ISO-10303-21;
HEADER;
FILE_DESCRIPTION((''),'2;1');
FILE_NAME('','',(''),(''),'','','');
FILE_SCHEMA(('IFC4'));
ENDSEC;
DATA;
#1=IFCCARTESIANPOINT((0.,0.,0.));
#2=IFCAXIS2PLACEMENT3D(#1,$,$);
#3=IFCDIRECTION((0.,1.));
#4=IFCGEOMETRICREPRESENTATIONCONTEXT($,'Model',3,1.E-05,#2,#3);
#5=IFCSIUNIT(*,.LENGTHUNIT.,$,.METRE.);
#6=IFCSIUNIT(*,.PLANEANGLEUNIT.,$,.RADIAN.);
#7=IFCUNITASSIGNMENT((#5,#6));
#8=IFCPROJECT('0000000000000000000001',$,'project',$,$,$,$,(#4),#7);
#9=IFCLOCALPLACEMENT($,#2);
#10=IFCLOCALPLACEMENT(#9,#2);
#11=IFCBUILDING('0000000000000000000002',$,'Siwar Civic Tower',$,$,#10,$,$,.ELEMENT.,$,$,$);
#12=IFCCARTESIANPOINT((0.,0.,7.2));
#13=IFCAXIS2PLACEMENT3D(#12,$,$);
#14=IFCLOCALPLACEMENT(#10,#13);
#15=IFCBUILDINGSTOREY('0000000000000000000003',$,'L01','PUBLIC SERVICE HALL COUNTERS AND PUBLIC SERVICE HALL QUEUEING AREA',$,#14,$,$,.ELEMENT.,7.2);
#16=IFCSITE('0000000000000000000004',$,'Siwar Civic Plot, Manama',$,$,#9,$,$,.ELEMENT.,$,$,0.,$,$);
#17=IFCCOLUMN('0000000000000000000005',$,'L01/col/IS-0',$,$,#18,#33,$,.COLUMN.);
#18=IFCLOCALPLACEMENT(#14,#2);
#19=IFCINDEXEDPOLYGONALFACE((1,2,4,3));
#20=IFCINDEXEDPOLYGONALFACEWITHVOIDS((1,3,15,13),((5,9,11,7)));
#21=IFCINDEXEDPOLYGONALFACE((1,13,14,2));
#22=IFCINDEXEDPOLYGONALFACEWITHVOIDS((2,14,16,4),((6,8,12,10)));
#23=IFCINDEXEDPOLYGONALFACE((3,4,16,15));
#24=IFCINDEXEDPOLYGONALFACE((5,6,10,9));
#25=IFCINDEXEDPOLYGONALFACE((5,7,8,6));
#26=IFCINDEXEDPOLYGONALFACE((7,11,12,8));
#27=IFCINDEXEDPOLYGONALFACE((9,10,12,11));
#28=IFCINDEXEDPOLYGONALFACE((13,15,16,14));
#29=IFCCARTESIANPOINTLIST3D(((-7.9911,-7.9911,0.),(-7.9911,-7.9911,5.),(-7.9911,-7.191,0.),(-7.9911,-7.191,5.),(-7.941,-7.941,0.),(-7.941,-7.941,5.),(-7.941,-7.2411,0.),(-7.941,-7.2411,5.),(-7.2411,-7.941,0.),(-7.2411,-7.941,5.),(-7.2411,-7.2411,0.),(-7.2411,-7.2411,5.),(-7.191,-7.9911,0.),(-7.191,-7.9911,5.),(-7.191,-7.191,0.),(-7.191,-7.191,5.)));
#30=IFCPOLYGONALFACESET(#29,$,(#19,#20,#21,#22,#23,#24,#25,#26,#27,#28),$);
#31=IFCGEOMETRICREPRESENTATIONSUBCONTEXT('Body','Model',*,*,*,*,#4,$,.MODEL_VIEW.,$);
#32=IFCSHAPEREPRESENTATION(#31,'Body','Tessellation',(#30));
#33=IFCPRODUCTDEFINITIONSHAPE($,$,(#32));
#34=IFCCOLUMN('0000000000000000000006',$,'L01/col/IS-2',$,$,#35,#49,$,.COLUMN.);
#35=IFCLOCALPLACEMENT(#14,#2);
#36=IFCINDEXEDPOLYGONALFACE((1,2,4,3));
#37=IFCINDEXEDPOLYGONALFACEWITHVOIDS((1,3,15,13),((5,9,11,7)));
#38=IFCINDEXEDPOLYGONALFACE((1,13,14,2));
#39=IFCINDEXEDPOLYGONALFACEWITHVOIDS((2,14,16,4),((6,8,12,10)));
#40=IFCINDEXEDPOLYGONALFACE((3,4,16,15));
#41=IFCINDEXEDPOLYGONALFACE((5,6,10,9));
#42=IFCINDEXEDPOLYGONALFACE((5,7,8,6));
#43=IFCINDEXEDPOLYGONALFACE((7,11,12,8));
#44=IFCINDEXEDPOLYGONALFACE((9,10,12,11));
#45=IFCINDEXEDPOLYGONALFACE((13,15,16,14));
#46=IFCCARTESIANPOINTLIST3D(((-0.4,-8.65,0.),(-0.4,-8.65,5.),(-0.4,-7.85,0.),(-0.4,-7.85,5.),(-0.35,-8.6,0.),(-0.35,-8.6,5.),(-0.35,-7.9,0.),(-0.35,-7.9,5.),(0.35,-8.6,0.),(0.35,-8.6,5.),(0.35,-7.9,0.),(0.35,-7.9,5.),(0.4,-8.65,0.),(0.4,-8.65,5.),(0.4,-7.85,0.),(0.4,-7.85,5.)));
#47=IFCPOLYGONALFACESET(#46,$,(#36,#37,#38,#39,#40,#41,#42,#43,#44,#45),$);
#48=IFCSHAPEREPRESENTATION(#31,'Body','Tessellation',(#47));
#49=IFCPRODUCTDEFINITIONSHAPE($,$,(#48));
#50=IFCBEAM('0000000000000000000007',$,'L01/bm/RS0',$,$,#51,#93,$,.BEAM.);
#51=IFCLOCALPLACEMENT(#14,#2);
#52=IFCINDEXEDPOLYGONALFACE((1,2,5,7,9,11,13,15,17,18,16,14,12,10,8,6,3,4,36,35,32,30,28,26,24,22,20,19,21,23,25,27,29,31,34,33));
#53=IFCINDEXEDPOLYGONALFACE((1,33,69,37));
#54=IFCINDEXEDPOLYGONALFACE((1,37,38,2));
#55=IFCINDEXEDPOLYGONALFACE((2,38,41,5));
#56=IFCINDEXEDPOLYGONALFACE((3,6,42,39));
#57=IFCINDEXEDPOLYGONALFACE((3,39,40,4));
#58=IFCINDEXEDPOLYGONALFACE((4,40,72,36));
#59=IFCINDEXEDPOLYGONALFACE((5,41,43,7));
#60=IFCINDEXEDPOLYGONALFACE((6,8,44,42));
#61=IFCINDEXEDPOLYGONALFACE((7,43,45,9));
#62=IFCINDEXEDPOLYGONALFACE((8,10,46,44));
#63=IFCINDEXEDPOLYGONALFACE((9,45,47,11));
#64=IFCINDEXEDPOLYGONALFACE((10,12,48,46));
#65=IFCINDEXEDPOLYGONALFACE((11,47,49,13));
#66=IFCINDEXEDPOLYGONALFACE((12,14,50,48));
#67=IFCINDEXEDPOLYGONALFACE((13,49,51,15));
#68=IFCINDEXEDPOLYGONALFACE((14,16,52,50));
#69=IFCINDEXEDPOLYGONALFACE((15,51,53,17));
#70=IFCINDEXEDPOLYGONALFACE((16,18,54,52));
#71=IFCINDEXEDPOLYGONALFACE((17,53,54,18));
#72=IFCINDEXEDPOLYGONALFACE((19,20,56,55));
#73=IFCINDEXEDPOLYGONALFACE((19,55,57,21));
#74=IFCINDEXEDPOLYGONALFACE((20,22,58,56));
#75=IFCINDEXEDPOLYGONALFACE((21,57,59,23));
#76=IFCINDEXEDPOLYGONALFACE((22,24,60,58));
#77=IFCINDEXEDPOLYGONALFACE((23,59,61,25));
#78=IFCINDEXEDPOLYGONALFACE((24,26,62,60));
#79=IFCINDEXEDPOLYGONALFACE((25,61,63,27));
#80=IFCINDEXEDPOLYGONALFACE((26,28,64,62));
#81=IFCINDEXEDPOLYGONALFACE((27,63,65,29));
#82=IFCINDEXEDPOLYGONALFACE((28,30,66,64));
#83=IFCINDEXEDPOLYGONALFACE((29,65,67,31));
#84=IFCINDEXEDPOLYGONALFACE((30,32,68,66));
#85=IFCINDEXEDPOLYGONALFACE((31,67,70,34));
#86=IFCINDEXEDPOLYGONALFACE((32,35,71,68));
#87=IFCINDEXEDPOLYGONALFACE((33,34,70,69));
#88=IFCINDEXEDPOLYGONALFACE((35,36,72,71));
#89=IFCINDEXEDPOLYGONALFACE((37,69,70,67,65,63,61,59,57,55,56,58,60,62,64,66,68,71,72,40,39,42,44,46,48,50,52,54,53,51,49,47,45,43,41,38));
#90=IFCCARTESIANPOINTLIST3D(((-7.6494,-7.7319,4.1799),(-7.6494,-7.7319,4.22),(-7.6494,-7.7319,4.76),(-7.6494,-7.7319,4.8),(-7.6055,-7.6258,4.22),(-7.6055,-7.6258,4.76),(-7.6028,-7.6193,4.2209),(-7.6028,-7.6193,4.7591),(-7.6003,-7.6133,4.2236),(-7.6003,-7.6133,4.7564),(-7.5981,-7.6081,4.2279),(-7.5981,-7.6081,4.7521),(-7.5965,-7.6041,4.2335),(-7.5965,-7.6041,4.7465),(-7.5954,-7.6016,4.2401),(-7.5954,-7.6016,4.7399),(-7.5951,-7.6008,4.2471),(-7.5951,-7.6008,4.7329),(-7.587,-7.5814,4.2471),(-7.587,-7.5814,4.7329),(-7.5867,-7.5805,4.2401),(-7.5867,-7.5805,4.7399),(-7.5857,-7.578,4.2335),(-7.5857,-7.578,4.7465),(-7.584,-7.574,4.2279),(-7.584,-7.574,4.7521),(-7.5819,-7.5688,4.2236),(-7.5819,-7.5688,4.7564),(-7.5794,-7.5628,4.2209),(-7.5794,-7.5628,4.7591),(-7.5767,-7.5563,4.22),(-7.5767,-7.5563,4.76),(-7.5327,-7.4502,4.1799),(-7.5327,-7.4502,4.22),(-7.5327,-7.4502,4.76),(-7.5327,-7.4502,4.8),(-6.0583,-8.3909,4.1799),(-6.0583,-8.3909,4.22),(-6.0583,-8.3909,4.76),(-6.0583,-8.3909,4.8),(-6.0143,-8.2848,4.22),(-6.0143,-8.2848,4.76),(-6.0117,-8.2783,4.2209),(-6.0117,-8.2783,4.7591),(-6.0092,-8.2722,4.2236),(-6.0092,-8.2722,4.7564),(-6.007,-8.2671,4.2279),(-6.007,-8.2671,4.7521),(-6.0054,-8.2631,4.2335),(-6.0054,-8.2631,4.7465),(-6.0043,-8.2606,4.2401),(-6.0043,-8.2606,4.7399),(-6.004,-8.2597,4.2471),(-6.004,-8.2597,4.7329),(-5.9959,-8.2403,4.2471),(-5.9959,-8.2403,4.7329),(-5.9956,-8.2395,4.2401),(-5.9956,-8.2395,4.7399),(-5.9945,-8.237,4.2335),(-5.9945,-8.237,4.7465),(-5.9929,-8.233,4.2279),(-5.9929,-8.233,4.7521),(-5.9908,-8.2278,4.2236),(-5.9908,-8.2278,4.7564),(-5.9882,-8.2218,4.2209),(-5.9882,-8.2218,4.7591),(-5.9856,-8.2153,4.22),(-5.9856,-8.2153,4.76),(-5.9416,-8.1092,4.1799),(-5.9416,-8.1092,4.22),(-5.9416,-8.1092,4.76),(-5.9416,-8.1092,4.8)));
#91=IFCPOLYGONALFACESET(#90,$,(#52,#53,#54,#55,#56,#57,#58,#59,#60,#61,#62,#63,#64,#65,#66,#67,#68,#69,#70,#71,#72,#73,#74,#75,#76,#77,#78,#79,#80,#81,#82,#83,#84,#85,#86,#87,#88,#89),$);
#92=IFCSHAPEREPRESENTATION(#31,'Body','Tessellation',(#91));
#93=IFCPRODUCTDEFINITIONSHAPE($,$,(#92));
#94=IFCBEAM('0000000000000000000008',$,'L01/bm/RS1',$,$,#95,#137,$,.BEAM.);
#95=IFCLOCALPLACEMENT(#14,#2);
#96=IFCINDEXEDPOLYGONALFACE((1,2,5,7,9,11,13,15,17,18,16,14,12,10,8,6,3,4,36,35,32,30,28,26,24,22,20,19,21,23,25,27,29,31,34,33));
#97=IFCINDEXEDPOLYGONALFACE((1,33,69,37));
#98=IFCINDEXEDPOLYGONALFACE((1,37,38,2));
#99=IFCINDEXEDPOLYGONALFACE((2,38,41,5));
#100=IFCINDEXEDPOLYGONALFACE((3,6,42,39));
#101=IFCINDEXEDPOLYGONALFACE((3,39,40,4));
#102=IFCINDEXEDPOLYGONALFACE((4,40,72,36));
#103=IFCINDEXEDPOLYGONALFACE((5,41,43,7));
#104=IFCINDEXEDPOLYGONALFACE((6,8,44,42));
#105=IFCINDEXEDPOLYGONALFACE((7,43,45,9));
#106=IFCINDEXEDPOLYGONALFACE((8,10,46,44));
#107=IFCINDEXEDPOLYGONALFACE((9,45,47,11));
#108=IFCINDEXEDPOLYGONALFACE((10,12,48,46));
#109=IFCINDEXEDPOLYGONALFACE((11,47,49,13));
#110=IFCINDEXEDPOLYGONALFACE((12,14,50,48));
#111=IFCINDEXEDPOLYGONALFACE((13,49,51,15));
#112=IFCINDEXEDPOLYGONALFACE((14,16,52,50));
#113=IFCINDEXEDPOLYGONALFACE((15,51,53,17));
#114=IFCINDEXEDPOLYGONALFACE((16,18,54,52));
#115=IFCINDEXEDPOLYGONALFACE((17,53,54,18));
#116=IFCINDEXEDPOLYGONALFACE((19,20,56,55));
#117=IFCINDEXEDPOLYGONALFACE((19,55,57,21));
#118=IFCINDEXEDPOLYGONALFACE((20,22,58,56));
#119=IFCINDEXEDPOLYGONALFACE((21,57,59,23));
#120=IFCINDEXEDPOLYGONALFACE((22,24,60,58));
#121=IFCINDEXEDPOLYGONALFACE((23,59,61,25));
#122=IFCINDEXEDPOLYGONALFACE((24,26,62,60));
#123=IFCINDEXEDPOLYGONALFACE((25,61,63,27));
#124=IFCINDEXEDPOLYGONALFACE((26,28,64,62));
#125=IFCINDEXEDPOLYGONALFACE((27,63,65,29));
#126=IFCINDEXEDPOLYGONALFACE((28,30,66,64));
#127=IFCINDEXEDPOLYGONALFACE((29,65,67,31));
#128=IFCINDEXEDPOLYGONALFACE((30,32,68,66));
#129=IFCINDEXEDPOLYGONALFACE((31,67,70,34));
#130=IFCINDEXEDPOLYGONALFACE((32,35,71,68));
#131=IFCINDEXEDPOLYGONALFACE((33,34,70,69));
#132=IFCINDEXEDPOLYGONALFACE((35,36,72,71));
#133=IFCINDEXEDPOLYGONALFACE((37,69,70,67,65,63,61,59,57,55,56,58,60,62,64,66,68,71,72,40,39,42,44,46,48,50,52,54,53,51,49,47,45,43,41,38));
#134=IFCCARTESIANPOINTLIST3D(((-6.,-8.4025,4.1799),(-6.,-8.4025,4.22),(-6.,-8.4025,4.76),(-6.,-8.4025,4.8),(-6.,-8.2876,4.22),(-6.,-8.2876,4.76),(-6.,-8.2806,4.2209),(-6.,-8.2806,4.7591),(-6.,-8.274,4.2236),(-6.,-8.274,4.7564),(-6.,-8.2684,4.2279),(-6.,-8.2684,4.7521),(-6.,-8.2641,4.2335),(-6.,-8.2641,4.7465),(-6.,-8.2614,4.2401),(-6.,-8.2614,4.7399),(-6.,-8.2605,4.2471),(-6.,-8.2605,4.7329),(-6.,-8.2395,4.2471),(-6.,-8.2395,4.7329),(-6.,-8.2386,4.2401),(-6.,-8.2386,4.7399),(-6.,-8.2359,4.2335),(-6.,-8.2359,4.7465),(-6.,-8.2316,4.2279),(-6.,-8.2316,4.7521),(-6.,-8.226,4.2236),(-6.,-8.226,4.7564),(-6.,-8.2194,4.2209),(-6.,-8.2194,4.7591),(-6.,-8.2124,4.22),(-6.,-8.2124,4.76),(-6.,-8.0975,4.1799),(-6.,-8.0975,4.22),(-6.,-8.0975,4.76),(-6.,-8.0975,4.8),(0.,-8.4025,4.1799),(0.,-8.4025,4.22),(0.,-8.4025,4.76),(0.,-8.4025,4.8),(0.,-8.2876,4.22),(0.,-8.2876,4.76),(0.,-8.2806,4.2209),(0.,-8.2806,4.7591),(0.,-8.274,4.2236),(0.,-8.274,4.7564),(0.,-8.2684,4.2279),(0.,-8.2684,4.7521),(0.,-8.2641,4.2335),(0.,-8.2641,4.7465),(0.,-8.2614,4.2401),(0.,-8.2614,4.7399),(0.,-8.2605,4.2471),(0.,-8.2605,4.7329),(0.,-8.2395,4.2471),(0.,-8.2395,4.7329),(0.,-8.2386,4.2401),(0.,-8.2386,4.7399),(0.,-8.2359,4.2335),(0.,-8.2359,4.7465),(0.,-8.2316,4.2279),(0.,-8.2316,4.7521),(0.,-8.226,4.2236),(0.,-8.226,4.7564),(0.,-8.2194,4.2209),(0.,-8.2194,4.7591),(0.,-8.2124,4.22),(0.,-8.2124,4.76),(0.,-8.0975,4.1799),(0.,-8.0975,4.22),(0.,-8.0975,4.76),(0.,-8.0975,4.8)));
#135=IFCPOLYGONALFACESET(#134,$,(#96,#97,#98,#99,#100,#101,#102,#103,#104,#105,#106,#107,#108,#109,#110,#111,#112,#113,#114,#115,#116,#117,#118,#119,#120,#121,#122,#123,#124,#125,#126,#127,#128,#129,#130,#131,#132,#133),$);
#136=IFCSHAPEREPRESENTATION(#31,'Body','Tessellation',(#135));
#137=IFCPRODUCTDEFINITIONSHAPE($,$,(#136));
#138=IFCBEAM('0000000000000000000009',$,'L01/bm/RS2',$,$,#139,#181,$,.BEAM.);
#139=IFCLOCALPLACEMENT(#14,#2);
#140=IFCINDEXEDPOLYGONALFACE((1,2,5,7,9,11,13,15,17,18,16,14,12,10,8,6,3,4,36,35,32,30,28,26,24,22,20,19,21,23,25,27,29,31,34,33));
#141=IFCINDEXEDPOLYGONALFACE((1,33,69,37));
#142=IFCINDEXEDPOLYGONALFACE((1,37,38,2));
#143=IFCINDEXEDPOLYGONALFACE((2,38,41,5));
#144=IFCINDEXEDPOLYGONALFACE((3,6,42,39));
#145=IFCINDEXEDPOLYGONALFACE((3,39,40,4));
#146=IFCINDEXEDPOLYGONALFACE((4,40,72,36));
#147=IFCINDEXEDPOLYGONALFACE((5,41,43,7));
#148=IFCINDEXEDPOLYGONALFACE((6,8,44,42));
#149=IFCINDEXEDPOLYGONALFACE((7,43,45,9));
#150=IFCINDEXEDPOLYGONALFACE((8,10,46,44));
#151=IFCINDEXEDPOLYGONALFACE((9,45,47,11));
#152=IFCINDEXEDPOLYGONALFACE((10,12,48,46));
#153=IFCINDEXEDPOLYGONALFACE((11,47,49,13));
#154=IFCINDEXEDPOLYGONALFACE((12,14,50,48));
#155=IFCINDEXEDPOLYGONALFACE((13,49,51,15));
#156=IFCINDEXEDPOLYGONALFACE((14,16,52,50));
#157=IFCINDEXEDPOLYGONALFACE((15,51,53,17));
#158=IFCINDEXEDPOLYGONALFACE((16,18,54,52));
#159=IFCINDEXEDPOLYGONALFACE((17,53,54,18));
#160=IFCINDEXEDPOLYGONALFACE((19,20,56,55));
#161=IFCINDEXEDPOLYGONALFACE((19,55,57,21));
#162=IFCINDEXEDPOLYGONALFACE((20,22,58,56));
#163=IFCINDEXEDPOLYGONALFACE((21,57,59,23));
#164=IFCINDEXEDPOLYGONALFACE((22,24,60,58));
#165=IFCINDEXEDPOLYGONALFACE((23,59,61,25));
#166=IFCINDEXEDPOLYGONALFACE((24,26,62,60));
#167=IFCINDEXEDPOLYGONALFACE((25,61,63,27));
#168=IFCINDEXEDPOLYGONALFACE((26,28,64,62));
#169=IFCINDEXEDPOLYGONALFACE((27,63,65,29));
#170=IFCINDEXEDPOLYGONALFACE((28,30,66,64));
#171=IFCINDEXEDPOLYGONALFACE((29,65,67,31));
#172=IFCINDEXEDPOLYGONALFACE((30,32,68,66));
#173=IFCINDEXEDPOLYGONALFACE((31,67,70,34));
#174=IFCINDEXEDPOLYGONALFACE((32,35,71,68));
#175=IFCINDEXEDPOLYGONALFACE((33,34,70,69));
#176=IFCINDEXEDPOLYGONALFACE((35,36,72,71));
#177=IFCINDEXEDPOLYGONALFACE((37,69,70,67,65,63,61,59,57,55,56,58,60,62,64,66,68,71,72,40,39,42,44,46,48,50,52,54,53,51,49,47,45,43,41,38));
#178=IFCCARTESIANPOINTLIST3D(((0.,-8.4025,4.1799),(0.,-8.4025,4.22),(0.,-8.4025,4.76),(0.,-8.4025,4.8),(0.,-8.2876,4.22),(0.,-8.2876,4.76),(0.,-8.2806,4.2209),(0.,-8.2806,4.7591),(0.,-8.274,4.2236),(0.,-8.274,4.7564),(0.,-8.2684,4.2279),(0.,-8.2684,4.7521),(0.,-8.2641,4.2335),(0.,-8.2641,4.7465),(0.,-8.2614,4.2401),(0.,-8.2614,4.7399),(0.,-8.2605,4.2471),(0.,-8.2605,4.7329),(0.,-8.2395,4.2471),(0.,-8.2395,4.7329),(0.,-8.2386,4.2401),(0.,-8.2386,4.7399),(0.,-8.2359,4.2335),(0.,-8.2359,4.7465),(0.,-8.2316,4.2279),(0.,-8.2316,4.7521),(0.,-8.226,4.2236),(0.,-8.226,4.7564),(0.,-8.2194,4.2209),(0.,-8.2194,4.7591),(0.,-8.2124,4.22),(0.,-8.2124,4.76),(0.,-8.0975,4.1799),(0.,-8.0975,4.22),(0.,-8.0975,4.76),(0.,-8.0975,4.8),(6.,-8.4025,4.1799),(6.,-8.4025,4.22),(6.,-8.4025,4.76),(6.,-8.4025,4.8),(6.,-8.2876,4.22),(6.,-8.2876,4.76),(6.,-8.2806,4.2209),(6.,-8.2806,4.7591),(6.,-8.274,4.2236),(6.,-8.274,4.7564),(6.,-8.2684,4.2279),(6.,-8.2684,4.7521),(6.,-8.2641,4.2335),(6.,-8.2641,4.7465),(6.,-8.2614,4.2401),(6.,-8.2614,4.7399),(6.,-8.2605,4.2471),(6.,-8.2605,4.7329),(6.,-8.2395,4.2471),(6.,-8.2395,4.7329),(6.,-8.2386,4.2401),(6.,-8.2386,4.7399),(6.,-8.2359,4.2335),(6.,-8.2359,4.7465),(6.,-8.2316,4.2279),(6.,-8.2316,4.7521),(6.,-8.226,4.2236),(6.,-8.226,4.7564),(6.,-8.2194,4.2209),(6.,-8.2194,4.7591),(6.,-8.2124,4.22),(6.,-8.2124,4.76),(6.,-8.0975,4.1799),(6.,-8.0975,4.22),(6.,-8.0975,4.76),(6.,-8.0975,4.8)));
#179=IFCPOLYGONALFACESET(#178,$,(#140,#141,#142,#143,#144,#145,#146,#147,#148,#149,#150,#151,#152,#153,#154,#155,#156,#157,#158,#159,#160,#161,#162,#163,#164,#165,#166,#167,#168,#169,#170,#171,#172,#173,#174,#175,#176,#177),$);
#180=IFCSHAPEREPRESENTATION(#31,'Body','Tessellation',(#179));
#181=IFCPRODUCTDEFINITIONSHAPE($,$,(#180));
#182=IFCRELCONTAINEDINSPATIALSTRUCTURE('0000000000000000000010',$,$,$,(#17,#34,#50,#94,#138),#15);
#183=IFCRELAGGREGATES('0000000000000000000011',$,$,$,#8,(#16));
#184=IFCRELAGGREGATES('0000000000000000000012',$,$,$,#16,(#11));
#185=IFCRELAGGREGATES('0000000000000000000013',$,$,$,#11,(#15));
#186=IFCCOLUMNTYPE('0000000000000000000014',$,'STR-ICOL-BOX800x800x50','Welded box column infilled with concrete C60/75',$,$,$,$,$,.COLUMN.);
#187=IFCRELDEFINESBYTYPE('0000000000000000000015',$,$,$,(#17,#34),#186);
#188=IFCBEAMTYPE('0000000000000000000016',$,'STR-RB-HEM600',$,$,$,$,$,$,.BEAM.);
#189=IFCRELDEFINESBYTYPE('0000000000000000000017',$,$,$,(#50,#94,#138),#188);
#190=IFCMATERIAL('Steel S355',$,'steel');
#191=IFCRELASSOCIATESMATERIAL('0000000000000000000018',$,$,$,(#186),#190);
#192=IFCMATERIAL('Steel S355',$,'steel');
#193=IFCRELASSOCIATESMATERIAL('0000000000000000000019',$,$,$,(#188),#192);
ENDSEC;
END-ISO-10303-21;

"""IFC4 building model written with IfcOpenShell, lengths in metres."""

from ifc_helpers import new_model, si_unit, direction, frame, origin, origin_2d, place, context, subcontext, project, spatial, hollow_rectangle, i_section, extrude, material, material_profile, profile_set, type_object, element, save


model = new_model("IFC4")

# Units and contexts
model_context = context("Model", 3, precision=1e-05, world=origin(), true_north=direction((0.0, 1.0)))
body_context = subcontext(model_context, "Body", "Model", "MODEL_VIEW")
ifc_project = project(units=[si_unit("LENGTHUNIT", "METRE"), si_unit("PLANEANGLEUNIT", "RADIAN")], contexts=[model_context])

# Site, building, storey
site_placement = place(None, origin())
site = spatial("IfcSite", under=ifc_project, at=site_placement, Name="Siwar Civic Plot, Manama", CompositionType="ELEMENT", RefElevation=0.0)
building_placement = place(site_placement, origin())
building = spatial("IfcBuilding", under=site, at=building_placement, Name="Siwar Civic Tower", CompositionType="ELEMENT")
storey_placement = place(building_placement, frame((0.0, 0.0, 7.2)))
storey = spatial("IfcBuildingStorey", under=building, at=storey_placement, Name="L01", Description="PUBLIC SERVICE HALL COUNTERS AND PUBLIC SERVICE HALL QUEUEING AREA", CompositionType="ELEMENT", Elevation=7.2)

# Columns
ifc_material_1 = material(Name="Steel S355", Category="steel")
ifc_material_profile_1 = material_profile(ifc_material_1, hollow_rectangle(XDim=0.8, YDim=0.8, WallThickness=0.05, at=origin_2d()), Name="BOX800x800x50")
ifc_profile_set_1 = profile_set([ifc_material_profile_1], Name="Steel S355")
column_type = type_object("IfcColumnType", Name="STR-ICOL-BOX800x800x50", Description="Welded box column infilled with concrete C60/75", PredefinedType="COLUMN", material=ifc_profile_set_1)
for number, where, z_axis, x_axis, name in (
    (1, (-7.5911, -7.5911, 0.0), (0.0, 0.0, 1.0), (1.0, 0.0, 0.0), "L01/col/IS-0"),
    (2, (0.0, -8.25, 0.0), (0.0, 0.0, 1.0), (1.0, 0.0, 0.0), "L01/col/IS-2"),
):
    element("IfcColumn", number, at=place(storey_placement, frame(where, z_axis=z_axis, x_axis=x_axis)), inside=storey, type_object=column_type, Name=name, PredefinedType="COLUMN", context=body_context, shape_type="SweptSolid", body=[
        extrude(hollow_rectangle(XDim=0.8, YDim=0.8, WallThickness=0.05, at=origin_2d()), origin(), (0.0, 0.0, 1.0), 5.0),
    ])

# Beams
ifc_material_2 = material(Name="Steel S355", Category="steel")
ifc_material_profile_2 = material_profile(ifc_material_2, i_section(OverallWidth=0.3049, OverallDepth=0.6201, WebThickness=0.021, FlangeThickness=0.04, FilletRadius=0.0271, at=origin_2d()), Name="HEM600")
ifc_profile_set_2 = profile_set([ifc_material_profile_2], Name="Steel S355")
beam_type = type_object("IfcBeamType", Name="STR-RB-HEM600", PredefinedType="BEAM", material=ifc_profile_set_2)
beam_1_placement = place(storey_placement, frame((-7.5911, -7.5911, 4.49), z_axis=(0.923901, -0.382631, 0.0), x_axis=(0.382631, 0.923901, 0.0)))
element("IfcBeam", 3, at=beam_1_placement, inside=storey, type_object=beam_type, Name="L01/bm/RS0", PredefinedType="BEAM", context=body_context, shape_type="SweptSolid", body=[
    extrude(i_section(OverallWidth=0.3049, OverallDepth=0.6201, WebThickness=0.021, FlangeThickness=0.04, FilletRadius=0.0271, at=origin_2d()), origin(), (0.0, 0.0, 1.0), 1.7222),
])
for number, where, z_axis, x_axis, name in (
    (4, (-6.0, -8.25, 4.49), (1.0, 0.0, 0.0), (0.0, 1.0, 0.0), "L01/bm/RS1"),
    (5, (0.0, -8.25, 4.49), (1.0, 0.0, 0.0), (0.0, 1.0, 0.0), "L01/bm/RS2"),
):
    element("IfcBeam", number, at=place(storey_placement, frame(where, z_axis=z_axis, x_axis=x_axis)), inside=storey, type_object=beam_type, Name=name, PredefinedType="BEAM", context=body_context, shape_type="SweptSolid", body=[
        extrude(i_section(OverallWidth=0.3049, OverallDepth=0.6201, WebThickness=0.021, FlangeThickness=0.04, FilletRadius=0.0271, at=origin_2d()), origin(), (0.0, 0.0, 1.0), 6.0),
    ])

save(model, "model.ifc")
